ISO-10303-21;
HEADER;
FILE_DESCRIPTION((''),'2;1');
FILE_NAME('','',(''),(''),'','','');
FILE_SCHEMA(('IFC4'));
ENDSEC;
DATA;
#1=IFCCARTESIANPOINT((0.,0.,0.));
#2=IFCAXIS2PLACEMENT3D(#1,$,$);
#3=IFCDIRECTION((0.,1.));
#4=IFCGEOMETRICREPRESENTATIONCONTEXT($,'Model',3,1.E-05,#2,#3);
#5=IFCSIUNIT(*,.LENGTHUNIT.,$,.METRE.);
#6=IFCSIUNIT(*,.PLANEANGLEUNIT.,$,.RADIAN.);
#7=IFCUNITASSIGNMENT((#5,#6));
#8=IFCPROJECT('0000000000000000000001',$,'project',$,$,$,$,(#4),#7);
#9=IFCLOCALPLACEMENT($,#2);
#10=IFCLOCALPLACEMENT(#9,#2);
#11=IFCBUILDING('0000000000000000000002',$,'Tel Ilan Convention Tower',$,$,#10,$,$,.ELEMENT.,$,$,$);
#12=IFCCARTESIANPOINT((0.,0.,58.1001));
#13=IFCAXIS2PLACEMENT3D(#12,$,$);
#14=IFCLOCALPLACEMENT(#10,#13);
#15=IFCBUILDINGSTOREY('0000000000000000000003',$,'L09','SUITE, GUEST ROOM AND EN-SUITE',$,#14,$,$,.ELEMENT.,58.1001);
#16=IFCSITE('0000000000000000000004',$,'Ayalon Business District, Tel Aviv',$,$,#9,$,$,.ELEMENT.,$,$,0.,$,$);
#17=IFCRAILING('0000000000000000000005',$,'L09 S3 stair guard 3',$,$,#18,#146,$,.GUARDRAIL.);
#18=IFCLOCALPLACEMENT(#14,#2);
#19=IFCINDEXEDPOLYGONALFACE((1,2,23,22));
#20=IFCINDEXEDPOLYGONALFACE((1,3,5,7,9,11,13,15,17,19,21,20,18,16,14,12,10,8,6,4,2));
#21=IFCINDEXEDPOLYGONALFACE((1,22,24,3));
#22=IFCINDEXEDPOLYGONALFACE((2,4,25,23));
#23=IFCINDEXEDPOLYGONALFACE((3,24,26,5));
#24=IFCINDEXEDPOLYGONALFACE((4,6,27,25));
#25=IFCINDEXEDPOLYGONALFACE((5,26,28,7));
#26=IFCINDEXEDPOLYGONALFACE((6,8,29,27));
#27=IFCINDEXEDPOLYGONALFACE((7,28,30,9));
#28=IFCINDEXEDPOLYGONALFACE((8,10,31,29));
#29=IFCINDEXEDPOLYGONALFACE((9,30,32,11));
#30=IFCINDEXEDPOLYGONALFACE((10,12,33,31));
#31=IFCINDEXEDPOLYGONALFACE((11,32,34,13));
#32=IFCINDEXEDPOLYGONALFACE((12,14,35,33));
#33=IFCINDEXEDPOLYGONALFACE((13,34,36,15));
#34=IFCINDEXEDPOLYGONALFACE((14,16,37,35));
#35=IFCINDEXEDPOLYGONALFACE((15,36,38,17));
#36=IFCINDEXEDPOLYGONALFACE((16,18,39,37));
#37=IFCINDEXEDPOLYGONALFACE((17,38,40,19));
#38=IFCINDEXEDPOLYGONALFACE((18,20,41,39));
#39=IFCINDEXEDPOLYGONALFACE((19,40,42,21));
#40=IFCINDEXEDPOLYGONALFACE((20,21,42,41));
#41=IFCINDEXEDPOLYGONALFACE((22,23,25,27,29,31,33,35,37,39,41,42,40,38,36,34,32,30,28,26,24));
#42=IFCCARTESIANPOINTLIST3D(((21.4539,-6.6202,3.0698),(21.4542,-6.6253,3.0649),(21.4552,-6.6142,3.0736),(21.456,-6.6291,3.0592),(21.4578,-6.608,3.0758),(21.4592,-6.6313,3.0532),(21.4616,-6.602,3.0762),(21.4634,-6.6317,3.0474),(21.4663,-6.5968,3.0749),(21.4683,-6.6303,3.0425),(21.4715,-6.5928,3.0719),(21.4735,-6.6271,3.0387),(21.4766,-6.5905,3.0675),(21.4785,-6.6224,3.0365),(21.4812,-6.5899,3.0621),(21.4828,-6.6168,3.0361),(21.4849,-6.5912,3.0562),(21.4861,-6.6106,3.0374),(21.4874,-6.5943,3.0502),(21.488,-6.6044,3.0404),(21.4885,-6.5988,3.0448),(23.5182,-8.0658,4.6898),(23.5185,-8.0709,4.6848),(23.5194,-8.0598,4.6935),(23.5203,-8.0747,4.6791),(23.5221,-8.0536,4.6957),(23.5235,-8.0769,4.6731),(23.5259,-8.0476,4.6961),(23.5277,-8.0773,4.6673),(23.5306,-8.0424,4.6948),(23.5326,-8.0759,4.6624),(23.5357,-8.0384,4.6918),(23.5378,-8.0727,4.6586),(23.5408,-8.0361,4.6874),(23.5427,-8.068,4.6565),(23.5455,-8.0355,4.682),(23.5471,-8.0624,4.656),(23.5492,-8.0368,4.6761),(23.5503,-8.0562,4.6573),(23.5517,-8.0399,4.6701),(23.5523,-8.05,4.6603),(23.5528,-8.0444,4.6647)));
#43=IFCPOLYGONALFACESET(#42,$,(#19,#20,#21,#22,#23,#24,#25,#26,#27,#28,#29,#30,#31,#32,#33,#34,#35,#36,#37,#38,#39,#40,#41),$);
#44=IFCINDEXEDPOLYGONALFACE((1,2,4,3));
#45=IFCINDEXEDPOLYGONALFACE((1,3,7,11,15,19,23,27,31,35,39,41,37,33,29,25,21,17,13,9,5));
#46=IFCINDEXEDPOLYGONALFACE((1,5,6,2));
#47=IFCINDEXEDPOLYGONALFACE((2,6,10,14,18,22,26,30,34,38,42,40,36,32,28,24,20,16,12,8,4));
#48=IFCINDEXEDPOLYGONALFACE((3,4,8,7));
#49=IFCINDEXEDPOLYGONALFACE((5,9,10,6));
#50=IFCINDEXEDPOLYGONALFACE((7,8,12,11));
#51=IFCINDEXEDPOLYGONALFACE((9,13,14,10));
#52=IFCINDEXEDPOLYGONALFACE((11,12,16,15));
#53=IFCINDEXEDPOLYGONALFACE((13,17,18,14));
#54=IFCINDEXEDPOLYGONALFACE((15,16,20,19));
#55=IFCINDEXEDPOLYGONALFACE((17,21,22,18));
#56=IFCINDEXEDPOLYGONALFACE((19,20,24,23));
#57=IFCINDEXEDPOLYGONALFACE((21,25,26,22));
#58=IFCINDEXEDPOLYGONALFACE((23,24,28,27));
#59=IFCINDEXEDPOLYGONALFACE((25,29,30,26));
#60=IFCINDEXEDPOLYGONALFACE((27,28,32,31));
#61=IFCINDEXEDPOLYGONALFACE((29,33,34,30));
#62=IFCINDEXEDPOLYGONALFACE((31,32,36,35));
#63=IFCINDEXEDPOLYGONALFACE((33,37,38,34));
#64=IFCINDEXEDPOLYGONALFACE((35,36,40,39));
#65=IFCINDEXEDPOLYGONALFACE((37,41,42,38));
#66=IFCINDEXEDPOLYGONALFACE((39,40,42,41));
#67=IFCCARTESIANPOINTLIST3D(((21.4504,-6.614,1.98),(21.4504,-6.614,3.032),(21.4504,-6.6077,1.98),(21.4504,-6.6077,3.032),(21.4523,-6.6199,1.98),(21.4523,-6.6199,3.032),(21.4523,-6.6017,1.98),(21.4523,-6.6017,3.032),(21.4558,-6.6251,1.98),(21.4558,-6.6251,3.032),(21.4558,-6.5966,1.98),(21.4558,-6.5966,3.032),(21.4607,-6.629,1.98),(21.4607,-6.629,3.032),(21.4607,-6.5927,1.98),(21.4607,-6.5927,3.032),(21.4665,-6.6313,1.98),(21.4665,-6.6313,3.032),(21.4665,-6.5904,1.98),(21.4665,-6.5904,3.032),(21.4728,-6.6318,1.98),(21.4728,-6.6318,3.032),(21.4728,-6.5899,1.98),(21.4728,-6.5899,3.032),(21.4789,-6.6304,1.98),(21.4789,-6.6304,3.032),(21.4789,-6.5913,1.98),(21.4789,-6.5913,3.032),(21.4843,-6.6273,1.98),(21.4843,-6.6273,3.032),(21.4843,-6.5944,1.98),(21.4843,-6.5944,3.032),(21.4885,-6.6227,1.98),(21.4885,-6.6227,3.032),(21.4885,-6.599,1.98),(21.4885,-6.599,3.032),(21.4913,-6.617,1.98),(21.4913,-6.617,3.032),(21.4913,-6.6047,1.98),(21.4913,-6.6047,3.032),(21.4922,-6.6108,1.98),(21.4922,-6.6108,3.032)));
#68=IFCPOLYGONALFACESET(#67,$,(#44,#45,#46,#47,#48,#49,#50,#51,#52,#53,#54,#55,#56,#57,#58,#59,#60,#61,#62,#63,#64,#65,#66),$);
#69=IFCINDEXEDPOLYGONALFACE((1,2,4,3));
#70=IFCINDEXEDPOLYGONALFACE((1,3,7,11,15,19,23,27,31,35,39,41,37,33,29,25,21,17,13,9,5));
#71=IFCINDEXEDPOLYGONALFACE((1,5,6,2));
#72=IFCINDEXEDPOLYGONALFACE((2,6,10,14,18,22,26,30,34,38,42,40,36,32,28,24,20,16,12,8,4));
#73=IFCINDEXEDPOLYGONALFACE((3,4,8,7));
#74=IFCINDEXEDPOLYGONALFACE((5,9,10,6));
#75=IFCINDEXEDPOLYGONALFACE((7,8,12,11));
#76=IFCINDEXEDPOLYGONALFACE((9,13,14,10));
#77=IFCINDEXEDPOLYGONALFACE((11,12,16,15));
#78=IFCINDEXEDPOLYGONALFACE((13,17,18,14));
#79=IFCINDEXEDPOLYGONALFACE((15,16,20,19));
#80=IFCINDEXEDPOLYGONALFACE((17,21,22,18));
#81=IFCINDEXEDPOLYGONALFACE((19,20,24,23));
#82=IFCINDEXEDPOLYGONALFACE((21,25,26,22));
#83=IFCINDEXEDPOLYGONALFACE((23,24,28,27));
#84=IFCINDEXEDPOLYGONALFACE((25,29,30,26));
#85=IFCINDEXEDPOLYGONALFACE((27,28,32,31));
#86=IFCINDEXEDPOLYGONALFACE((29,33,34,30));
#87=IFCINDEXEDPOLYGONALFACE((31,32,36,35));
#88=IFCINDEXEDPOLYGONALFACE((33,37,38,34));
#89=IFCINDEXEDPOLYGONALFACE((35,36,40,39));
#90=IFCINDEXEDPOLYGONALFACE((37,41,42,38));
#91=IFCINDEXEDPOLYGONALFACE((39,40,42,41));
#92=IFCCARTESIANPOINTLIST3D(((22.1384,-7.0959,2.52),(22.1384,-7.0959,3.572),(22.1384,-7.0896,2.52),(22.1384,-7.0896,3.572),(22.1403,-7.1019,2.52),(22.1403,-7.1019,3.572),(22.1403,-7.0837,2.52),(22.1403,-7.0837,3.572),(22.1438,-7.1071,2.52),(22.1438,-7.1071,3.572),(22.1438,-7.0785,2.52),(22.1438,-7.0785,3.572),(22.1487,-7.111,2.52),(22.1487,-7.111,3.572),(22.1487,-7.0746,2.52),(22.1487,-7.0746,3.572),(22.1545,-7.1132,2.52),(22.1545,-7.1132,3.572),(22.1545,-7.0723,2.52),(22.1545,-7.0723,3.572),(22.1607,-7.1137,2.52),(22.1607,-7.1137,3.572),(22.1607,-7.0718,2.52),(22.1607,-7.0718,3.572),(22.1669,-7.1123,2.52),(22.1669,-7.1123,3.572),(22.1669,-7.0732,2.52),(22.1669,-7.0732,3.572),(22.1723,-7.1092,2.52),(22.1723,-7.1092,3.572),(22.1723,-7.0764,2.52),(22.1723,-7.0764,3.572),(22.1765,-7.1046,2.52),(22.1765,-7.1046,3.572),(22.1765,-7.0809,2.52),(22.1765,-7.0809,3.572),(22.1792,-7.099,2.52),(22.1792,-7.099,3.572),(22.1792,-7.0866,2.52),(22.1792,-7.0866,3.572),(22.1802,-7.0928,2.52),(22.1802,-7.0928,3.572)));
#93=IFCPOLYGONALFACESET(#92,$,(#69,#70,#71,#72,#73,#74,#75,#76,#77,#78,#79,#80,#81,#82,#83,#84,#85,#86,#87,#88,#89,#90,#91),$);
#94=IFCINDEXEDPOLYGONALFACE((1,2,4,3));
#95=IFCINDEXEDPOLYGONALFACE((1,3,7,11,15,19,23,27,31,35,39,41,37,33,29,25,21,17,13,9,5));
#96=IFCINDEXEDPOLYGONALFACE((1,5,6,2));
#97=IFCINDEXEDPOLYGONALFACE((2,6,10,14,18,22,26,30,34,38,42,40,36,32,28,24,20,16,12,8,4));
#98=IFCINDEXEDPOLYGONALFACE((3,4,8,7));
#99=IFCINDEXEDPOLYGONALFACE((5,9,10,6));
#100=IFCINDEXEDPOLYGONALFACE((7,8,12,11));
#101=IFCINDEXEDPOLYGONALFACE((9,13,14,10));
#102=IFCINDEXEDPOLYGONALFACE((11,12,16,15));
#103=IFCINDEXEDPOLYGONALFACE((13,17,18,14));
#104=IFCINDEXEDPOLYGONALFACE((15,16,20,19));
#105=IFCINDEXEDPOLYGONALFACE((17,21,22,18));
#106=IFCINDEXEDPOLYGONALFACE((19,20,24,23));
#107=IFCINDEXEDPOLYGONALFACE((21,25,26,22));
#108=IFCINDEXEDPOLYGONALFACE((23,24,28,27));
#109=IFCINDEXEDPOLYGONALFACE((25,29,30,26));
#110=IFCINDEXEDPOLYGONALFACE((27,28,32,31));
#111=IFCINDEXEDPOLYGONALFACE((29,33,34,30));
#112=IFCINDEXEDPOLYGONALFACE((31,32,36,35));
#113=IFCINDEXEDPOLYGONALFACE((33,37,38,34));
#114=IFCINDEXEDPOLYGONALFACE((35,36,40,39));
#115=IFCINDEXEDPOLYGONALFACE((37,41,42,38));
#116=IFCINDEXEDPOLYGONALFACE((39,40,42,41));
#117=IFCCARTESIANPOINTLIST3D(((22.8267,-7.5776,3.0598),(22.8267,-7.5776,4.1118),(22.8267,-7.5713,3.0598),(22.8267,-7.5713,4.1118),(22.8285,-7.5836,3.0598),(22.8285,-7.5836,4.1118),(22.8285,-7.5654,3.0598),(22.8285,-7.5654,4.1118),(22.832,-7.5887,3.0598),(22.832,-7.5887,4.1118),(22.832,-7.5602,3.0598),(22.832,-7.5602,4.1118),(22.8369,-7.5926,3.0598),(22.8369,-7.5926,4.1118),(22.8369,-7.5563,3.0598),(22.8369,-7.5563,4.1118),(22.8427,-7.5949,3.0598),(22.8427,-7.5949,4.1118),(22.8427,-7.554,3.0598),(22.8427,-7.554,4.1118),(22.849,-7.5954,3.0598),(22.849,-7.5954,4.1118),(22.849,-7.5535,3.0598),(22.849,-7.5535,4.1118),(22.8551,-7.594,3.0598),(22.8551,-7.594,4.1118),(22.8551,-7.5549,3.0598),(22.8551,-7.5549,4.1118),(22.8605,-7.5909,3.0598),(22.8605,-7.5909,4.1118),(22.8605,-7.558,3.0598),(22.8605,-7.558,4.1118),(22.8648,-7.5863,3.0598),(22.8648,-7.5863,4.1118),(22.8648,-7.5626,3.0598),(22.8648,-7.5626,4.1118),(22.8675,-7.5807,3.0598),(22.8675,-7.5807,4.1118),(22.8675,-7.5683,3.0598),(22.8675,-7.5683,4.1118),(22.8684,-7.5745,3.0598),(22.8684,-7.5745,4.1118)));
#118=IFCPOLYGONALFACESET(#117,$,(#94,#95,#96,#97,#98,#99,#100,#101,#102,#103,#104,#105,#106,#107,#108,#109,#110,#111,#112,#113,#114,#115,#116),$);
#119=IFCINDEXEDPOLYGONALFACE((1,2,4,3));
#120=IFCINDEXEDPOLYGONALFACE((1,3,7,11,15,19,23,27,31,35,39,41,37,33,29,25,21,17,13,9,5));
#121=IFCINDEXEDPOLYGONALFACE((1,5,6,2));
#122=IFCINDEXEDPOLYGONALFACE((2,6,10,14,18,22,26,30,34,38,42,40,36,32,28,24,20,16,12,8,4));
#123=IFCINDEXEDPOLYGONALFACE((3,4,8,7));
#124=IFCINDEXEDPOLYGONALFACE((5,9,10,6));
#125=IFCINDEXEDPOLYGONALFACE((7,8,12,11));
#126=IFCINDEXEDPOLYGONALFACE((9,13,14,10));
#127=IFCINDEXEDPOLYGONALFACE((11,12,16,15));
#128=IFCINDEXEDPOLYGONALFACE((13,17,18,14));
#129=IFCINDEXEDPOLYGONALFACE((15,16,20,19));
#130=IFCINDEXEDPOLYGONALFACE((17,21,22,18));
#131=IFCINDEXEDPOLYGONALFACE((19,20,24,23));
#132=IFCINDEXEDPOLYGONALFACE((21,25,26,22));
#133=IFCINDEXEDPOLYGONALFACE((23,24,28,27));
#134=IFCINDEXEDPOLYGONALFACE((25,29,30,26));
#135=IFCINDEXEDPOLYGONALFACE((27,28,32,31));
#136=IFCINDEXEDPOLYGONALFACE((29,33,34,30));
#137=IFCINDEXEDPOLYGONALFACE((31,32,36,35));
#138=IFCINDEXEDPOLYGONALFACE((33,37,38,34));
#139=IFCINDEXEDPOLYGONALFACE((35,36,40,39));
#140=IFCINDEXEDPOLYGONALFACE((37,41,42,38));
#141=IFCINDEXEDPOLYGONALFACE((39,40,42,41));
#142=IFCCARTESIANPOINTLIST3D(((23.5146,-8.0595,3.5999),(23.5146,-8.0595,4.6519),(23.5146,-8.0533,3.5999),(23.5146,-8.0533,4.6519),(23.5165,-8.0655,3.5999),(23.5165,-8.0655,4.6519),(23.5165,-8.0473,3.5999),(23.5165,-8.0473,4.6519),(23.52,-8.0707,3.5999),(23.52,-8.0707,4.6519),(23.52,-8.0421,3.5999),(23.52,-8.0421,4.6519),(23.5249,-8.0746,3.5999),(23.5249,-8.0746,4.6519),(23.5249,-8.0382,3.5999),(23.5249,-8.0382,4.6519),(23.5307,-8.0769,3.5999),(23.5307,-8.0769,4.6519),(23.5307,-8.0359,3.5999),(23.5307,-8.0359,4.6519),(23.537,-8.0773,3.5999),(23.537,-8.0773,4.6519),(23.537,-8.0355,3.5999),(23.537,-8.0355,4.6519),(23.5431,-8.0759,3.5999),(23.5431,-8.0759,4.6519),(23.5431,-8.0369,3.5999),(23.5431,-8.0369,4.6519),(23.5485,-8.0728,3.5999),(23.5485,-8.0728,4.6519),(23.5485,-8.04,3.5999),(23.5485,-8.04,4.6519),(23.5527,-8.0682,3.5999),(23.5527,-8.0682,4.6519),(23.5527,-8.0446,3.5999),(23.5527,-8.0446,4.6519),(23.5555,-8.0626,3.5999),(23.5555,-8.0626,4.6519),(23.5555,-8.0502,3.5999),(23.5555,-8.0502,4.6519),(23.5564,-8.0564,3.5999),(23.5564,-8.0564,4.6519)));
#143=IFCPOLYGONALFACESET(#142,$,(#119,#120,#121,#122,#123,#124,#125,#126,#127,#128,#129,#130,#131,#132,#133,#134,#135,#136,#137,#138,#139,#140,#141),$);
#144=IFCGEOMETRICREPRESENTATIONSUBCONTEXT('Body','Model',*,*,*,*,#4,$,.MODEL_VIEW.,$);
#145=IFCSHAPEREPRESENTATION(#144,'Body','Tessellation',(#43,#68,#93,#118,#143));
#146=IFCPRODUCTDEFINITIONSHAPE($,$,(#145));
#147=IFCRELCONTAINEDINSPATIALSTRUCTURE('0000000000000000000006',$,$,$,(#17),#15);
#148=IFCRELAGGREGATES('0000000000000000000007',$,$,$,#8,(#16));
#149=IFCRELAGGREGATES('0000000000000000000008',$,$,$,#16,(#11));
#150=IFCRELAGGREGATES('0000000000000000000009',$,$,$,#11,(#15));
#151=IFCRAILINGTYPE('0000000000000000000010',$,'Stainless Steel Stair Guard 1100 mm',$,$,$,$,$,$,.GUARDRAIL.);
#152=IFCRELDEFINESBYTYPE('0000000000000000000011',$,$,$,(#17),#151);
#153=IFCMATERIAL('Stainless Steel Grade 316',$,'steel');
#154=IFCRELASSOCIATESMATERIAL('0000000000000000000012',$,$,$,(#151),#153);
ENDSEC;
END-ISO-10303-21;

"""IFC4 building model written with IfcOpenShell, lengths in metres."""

from ifc_helpers import new_model, si_unit, direction, frame, origin, origin_2d, place, context, subcontext, project, spatial, circle, extrude, material, type_object, element, save


model = new_model("IFC4")

# Units and contexts
model_context = context("Model", 3, precision=1e-05, world=origin(), true_north=direction((0.0, 1.0)))
body_context = subcontext(model_context, "Body", "Model", "MODEL_VIEW")
ifc_project = project(units=[si_unit("LENGTHUNIT", "METRE"), si_unit("PLANEANGLEUNIT", "RADIAN")], contexts=[model_context])

# Site, building, storey
site_placement = place(None, origin())
site = spatial("IfcSite", under=ifc_project, at=site_placement, Name="Ayalon Business District, Tel Aviv", CompositionType="ELEMENT", RefElevation=0.0)
building_placement = place(site_placement, origin())
building = spatial("IfcBuilding", under=site, at=building_placement, Name="Tel Ilan Convention Tower", CompositionType="ELEMENT")
storey_placement = place(building_placement, frame((0.0, 0.0, 58.1001)))
storey = spatial("IfcBuildingStorey", under=building, at=storey_placement, Name="L09", Description="SUITE, GUEST ROOM AND EN-SUITE", CompositionType="ELEMENT", Elevation=58.1001)

# Railing
ifc_material_1 = material(Name="Stainless Steel Grade 316", Category="steel")
railing_type_1 = type_object("IfcRailingType", Name="Stainless Steel Stair Guard 1100 mm", PredefinedType="GUARDRAIL", material=ifc_material_1)
railing_1_placement = place(storey_placement, frame((21.4712, -6.6108, 1.98)))
element("IfcRailing", 1, at=railing_1_placement, inside=storey, type_object=railing_type_1, Name="L09 S3 stair guard 3", PredefinedType="GUARDRAIL", context=body_context, shape_type="SweptSolid", body=[
    extrude(circle(Radius=0.0239, at=origin_2d()), frame((0.0, 0.0, 1.0762), z_axis=(0.689043, -0.482534, 0.540722), x_axis=(0.573625, 0.819118, 0.0)), (0.0, 0.0, 1.0), 2.9958),
    extrude(circle(Radius=0.021, at=origin_2d()), origin(), (0.0, 0.0, 1.0), 1.052),
    extrude(circle(Radius=0.021, at=origin_2d()), frame((0.688, -0.4819, 0.54)), (0.0, 0.0, 1.0), 1.052),
    extrude(circle(Radius=0.021, at=origin_2d()), frame((1.3762, -0.9636, 1.0798)), (0.0, 0.0, 1.0), 1.052),
    extrude(circle(Radius=0.021, at=origin_2d()), frame((2.0642, -1.4456, 1.6199)), (0.0, 0.0, 1.0), 1.052),
])

save(model, "model.ifc")
